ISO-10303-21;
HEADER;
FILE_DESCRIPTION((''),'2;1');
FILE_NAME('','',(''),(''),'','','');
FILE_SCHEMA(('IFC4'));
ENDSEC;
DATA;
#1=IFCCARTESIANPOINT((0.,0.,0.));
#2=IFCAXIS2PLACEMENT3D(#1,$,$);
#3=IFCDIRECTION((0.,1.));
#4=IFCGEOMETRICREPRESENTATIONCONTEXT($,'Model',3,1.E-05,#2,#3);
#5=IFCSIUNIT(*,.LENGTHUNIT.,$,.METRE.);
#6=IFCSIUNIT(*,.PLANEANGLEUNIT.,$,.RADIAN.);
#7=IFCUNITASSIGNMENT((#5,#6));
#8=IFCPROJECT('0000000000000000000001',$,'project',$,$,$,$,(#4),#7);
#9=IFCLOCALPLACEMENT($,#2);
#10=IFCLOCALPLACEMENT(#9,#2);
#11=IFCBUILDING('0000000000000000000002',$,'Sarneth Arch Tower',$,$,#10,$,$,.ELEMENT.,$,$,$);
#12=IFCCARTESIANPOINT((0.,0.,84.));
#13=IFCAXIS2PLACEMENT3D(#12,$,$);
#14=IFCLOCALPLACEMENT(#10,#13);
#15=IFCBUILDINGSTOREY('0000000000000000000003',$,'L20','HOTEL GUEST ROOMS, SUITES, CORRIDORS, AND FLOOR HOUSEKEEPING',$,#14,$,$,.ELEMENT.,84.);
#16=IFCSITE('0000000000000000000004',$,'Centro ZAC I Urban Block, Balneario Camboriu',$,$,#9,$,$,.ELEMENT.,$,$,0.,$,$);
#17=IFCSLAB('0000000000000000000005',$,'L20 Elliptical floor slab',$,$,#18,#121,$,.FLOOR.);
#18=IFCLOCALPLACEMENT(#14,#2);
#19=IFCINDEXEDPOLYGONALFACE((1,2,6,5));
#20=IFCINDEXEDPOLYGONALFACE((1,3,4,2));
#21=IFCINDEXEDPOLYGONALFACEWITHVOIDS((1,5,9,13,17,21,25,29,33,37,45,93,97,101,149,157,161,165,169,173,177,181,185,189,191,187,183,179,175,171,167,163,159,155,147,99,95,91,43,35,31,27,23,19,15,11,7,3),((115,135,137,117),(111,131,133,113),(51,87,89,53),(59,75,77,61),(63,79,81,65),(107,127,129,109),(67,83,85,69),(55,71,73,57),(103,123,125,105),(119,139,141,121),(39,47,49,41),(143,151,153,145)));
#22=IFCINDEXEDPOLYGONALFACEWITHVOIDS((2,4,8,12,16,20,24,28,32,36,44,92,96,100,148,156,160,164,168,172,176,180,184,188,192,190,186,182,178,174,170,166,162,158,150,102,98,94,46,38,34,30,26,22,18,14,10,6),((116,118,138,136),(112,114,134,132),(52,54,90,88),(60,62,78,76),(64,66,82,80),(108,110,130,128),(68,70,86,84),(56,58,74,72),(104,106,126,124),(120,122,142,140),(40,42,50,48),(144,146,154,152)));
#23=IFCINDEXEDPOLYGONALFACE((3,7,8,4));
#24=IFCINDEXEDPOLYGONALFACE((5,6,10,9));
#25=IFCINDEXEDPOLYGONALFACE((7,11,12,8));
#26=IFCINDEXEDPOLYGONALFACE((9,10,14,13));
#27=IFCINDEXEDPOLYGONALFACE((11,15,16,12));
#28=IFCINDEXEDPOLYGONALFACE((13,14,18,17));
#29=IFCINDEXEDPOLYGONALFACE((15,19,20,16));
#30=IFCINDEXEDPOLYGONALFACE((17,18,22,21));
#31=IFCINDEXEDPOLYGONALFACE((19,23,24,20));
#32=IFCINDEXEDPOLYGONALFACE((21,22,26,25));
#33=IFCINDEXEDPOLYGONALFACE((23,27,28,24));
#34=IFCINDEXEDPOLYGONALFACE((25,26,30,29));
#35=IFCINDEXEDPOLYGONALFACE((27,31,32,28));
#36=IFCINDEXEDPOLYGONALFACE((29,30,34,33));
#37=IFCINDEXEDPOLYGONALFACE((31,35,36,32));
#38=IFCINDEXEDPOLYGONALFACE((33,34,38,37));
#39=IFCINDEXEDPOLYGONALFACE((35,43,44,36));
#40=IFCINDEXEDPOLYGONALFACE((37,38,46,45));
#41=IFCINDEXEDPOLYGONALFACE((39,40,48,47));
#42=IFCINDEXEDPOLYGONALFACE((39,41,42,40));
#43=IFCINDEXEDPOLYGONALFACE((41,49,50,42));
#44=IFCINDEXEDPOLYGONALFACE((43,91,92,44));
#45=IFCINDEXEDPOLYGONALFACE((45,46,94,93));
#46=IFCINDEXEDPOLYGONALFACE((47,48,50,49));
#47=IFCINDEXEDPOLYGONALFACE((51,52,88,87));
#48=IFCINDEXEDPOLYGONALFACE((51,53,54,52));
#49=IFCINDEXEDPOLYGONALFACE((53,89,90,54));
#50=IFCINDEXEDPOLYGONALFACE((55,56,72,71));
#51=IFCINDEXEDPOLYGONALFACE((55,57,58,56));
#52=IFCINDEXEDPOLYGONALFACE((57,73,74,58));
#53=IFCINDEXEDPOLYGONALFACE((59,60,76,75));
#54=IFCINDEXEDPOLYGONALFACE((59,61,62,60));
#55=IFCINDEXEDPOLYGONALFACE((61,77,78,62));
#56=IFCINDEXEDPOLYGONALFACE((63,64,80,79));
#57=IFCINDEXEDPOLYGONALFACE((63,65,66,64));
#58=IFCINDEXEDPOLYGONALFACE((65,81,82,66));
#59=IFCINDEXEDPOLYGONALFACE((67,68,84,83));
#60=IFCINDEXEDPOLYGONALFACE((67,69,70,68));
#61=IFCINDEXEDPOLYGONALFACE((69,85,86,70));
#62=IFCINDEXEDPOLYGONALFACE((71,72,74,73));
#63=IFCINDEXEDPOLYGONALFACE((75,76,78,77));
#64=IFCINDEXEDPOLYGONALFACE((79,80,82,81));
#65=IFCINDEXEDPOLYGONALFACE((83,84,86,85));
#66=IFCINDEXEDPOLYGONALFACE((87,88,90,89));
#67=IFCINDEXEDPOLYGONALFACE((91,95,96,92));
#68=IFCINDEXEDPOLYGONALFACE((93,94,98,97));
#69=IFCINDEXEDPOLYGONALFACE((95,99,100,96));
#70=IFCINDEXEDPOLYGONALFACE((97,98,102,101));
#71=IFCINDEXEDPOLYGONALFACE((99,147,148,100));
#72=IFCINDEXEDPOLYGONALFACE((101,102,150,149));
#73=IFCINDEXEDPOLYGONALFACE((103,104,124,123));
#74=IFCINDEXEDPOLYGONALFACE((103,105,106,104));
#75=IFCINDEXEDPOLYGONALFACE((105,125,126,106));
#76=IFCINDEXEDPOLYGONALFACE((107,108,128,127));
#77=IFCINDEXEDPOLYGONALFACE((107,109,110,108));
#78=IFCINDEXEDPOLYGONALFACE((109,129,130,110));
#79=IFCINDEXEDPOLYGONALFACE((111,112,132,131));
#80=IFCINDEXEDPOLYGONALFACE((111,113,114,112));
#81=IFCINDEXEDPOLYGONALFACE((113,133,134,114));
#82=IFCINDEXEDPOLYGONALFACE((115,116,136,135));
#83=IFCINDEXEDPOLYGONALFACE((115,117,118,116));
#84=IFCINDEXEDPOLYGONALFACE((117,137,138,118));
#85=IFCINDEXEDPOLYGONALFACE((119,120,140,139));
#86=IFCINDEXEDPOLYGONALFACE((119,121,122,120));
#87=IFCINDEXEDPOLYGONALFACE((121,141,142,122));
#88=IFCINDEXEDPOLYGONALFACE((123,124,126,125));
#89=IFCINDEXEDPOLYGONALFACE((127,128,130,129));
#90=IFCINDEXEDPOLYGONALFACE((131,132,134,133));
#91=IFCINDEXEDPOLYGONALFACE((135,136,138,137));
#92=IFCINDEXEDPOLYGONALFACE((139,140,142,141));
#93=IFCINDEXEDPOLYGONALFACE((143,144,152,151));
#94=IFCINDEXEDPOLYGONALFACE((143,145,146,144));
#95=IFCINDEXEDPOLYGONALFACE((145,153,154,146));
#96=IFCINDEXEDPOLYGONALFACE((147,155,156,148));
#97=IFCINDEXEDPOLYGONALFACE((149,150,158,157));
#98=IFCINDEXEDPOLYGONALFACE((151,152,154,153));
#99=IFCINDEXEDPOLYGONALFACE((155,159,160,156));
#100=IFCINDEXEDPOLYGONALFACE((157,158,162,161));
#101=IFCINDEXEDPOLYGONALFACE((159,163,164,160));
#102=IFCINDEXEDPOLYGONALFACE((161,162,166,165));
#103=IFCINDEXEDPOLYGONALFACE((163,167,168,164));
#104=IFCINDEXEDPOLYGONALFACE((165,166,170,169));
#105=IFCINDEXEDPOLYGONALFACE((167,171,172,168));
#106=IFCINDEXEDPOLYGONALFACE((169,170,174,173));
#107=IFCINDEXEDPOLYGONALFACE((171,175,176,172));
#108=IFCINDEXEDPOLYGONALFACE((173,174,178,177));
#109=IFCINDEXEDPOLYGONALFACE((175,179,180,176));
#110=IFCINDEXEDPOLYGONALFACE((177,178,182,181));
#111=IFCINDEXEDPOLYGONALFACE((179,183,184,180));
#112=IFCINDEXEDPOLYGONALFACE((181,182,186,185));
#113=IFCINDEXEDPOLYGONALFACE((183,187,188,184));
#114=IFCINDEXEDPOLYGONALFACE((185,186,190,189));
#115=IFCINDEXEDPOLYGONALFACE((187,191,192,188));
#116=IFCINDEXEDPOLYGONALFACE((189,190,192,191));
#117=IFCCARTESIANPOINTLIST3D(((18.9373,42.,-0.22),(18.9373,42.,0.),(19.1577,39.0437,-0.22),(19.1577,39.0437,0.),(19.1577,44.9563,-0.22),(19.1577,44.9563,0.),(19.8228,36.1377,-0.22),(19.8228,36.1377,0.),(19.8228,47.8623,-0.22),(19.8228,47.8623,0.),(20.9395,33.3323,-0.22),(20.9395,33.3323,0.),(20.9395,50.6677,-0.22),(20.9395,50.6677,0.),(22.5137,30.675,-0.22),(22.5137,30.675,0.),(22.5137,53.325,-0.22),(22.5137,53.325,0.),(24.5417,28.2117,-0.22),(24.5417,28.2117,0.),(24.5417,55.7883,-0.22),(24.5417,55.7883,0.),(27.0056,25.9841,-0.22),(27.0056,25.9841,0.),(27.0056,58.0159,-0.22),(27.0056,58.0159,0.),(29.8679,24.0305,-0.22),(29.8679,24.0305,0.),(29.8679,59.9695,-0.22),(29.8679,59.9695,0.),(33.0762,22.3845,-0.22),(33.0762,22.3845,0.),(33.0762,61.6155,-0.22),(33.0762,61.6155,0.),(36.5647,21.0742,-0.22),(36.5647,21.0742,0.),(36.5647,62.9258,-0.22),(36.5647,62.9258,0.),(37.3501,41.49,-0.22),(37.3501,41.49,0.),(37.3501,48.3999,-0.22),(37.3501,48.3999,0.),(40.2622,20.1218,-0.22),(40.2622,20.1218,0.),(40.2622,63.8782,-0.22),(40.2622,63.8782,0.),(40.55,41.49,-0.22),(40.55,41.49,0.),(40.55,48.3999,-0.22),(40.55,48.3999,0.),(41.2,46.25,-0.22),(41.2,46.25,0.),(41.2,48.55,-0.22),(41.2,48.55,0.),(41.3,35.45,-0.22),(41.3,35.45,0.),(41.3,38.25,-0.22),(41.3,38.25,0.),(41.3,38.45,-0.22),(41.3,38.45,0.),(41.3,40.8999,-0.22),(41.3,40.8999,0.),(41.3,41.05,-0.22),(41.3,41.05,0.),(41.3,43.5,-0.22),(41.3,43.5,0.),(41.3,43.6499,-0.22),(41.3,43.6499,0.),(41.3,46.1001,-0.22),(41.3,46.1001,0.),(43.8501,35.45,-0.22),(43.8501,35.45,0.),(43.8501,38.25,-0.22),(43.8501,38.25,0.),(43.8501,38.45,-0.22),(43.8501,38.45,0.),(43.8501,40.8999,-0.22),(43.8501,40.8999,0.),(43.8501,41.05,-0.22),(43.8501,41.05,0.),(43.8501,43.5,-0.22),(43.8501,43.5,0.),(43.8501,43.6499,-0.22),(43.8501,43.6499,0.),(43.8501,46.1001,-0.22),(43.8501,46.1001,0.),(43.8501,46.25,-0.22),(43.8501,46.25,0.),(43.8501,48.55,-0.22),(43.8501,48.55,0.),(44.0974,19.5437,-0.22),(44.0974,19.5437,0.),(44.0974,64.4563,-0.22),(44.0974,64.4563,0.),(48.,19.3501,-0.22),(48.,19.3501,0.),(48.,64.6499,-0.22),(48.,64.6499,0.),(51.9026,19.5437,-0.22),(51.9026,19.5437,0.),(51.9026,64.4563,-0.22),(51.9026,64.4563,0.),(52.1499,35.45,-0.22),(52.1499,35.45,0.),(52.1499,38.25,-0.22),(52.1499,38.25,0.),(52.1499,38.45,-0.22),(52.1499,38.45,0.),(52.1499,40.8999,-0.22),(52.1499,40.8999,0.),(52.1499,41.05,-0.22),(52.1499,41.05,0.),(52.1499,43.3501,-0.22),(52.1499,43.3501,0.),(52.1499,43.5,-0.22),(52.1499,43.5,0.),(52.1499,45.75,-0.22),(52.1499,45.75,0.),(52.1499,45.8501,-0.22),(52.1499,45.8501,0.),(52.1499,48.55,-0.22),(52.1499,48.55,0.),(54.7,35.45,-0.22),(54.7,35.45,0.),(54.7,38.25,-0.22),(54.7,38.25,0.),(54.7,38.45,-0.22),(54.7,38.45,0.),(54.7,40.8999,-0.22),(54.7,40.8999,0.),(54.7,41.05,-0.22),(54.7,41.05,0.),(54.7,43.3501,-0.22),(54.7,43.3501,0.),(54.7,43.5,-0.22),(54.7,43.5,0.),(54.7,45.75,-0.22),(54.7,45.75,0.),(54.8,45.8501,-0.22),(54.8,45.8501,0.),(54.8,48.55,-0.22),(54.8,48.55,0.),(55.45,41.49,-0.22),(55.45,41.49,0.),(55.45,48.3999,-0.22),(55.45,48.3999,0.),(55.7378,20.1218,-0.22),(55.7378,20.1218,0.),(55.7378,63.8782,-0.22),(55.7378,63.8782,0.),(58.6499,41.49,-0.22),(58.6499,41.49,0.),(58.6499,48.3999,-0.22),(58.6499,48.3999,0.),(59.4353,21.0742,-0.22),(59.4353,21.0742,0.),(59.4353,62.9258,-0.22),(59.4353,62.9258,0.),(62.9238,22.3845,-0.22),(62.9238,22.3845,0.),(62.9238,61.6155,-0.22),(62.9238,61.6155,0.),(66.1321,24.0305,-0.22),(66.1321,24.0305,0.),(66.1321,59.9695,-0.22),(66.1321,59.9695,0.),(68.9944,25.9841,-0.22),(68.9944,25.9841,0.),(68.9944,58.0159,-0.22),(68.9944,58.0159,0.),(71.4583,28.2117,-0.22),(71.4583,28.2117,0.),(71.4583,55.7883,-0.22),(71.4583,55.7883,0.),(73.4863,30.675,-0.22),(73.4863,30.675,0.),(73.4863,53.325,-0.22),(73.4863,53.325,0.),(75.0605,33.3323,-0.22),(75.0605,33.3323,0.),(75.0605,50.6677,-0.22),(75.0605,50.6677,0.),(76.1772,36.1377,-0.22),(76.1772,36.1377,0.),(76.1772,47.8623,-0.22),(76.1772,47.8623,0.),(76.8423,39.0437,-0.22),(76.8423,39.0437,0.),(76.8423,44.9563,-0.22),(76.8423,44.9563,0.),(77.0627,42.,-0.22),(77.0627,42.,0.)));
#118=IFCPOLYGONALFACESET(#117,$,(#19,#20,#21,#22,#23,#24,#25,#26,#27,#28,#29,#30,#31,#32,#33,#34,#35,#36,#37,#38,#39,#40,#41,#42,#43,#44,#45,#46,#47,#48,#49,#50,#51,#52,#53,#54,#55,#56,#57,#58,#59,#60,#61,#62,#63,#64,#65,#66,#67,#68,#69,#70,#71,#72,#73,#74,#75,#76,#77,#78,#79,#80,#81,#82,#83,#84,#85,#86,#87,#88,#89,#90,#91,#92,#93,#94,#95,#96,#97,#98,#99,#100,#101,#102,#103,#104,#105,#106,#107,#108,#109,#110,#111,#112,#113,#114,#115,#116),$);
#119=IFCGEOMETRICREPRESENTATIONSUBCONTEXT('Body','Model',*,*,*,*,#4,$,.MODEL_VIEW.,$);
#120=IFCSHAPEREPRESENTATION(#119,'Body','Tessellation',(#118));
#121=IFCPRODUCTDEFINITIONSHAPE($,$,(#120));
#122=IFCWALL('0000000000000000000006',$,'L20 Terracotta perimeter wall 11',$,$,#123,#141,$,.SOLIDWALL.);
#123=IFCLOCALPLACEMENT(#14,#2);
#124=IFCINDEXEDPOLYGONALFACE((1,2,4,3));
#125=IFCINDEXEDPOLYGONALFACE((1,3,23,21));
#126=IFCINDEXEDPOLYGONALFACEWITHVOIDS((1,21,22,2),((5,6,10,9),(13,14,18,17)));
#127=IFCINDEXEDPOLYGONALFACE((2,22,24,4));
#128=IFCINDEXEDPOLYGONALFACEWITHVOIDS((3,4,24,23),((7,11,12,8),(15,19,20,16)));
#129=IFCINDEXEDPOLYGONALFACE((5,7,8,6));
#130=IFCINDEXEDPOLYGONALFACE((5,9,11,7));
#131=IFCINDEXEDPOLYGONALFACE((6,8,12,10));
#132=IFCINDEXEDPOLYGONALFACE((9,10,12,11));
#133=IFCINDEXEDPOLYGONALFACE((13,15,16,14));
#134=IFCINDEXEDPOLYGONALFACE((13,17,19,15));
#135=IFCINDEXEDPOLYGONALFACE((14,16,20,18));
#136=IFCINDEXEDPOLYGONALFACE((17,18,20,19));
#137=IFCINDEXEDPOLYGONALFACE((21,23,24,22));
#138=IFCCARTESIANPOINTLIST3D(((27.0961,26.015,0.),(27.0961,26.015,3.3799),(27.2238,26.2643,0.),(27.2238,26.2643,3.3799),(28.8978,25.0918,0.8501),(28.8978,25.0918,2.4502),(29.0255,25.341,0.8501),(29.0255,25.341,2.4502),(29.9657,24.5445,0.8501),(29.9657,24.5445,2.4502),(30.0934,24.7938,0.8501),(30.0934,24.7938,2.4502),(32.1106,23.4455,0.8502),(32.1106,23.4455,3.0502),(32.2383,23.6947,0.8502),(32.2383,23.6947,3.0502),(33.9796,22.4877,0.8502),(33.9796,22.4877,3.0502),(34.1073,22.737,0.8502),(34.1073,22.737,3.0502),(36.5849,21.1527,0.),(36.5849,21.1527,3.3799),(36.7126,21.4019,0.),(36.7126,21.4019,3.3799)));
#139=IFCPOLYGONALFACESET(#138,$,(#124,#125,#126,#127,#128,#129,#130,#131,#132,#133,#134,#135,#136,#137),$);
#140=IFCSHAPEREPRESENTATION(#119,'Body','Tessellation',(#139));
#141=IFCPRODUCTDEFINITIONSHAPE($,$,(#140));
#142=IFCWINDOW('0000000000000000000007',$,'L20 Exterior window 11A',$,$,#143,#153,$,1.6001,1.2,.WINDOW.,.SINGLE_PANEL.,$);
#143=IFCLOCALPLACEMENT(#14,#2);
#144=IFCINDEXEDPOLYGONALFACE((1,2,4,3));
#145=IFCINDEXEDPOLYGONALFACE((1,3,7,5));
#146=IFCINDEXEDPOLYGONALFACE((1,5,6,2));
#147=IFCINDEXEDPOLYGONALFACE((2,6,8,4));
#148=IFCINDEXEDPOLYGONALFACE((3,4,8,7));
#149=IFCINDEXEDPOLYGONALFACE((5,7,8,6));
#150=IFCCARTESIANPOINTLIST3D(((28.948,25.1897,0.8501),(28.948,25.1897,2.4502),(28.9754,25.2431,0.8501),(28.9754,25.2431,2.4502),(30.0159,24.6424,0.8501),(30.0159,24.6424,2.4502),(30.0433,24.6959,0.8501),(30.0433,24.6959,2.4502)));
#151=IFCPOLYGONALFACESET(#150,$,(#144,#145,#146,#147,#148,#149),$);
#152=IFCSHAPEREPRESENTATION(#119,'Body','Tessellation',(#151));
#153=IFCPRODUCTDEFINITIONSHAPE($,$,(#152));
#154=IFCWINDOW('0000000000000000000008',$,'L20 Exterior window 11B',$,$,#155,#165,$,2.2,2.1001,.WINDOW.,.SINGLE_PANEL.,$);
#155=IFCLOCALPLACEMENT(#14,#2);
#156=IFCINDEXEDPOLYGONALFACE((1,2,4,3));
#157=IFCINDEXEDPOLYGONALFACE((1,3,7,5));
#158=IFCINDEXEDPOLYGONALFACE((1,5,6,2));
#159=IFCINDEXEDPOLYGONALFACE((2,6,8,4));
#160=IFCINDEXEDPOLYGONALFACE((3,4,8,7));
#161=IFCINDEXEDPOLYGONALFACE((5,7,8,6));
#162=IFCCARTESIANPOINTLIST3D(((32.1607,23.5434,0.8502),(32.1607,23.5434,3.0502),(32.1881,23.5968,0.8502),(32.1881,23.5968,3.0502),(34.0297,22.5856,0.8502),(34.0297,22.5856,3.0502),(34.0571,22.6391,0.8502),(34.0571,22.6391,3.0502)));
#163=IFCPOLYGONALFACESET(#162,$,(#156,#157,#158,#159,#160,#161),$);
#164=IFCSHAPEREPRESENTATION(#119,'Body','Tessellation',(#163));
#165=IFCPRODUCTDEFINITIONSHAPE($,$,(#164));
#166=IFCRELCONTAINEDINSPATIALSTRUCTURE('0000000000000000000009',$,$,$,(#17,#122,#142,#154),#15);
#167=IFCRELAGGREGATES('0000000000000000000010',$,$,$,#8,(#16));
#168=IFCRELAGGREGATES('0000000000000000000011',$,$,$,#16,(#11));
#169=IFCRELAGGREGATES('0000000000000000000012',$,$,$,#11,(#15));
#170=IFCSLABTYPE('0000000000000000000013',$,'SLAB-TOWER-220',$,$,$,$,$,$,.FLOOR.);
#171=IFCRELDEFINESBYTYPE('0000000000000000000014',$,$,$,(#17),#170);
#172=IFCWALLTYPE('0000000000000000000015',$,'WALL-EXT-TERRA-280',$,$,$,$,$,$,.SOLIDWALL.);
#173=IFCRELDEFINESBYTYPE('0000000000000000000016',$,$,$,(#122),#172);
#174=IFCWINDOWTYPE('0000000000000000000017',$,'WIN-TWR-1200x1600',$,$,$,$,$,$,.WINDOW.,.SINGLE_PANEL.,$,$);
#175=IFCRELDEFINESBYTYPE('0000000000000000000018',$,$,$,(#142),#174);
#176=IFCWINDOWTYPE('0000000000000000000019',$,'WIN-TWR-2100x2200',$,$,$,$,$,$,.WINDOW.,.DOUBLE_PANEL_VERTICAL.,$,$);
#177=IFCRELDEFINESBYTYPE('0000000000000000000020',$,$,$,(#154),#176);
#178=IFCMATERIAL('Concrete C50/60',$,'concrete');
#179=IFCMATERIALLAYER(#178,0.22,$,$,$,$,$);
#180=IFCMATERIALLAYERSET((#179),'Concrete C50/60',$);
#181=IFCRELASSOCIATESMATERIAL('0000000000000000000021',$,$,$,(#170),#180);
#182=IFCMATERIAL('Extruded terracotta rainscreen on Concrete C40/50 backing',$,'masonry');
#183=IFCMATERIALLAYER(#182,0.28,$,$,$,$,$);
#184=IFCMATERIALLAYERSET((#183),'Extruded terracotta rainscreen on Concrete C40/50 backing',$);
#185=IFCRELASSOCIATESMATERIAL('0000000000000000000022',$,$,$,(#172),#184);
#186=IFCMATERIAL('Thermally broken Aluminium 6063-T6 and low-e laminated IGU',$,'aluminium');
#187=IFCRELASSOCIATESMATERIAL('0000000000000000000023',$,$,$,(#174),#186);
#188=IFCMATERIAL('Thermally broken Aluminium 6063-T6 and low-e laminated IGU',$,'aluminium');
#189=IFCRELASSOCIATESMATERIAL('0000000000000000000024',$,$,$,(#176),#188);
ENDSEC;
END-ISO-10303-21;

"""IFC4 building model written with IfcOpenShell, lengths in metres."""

from ifc_helpers import new_model, si_unit, direction, frame, frame_2d, origin, place, context, subcontext, project, spatial, polyline, rectangle, outline, extrude, material, layer, layer_set, type_object, element, fill, save


model = new_model("IFC4")

# Units and contexts
model_context = context("Model", 3, precision=1e-05, world=origin(), true_north=direction((0.0, 1.0)))
body_context = subcontext(model_context, "Body", "Model", "MODEL_VIEW")
ifc_project = project(units=[si_unit("LENGTHUNIT", "METRE"), si_unit("PLANEANGLEUNIT", "RADIAN")], contexts=[model_context])

# Site, building, storey
site_placement = place(None, origin())
site = spatial("IfcSite", under=ifc_project, at=site_placement, Name="Centro ZAC I Urban Block, Balneario Camboriu", CompositionType="ELEMENT", RefElevation=0.0)
building_placement = place(site_placement, origin())
building = spatial("IfcBuilding", under=site, at=building_placement, Name="Sarneth Arch Tower", CompositionType="ELEMENT")
storey_placement = place(building_placement, frame((0.0, 0.0, 84.0)))
storey = spatial("IfcBuildingStorey", under=building, at=storey_placement, Name="L20", Description="HOTEL GUEST ROOMS, SUITES, CORRIDORS, AND FLOOR HOUSEKEEPING", CompositionType="ELEMENT", Elevation=84.0)

# Slab
ifc_material_1 = material(Name="Concrete C50/60", Category="concrete")
ifc_layer_1 = layer(ifc_material_1, 0.22)
ifc_layer_set_1 = layer_set([ifc_layer_1], Name="Concrete C50/60")
slab_type_1 = type_object("IfcSlabType", Name="SLAB-TOWER-220", PredefinedType="FLOOR", material=ifc_layer_set_1)
slab_1_placement = place(storey_placement, frame((0.0, 0.0, -0.22)))
element("IfcSlab", 1, at=slab_1_placement, inside=storey, type_object=slab_type_1, Name="L20 Elliptical floor slab", PredefinedType="FLOOR", context=body_context, shape_type="SweptSolid", body=[
    extrude(outline(polyline([(77.0627, 42.0), (76.8423, 44.9563), (76.1772, 47.8623), (75.0605, 50.6677), (73.4863, 53.325), (71.4583, 55.7883), (68.9944, 58.0159), (66.1321, 59.9695), (62.9238, 61.6155), (59.4353, 62.9258), (55.7378, 63.8782), (51.9026, 64.4563), (48.0, 64.6499), (44.0974, 64.4563), (40.2622, 63.8782), (36.5647, 62.9258), (33.0762, 61.6155), (29.8679, 59.9695), (27.0056, 58.0159), (24.5417, 55.7883), (22.5137, 53.325), (20.9395, 50.6677), (19.8228, 47.8623), (19.1577, 44.9563), (18.9373, 42.0), (19.1577, 39.0437), (19.8228, 36.1377), (20.9395, 33.3323), (22.5137, 30.675), (24.5417, 28.2117), (27.0056, 25.9841), (29.8679, 24.0305), (33.0762, 22.3845), (36.5647, 21.0742), (40.2622, 20.1218), (44.0974, 19.5437), (48.0, 19.3501), (51.9026, 19.5437), (55.7378, 20.1218), (59.4353, 21.0742), (62.9238, 22.3845), (66.1321, 24.0305), (68.9944, 25.9841), (71.4583, 28.2117), (73.4863, 30.675), (75.0605, 33.3323), (76.1772, 36.1377), (76.8423, 39.0437), (77.0627, 42.0)]), holes=[polyline([(37.3501, 41.49), (40.55, 41.49), (40.55, 48.3999), (37.3501, 48.3999), (37.3501, 41.49)]), polyline([(55.45, 41.49), (58.6499, 41.49), (58.6499, 48.3999), (55.45, 48.3999), (55.45, 41.49)]), polyline([(41.2, 46.25), (43.8501, 46.25), (43.8501, 48.55), (41.2, 48.55), (41.2, 46.25)]), polyline([(41.3, 35.45), (43.8501, 35.45), (43.8501, 38.25), (41.3, 38.25), (41.3, 35.45)]), polyline([(52.1499, 35.45), (54.7, 35.45), (54.7, 38.25), (52.1499, 38.25), (52.1499, 35.45)]), polyline([(52.1499, 45.8501), (54.8, 45.8501), (54.8, 48.55), (52.1499, 48.55), (52.1499, 45.8501)]), polyline([(41.3, 38.45), (43.8501, 38.45), (43.8501, 40.8999), (41.3, 40.8999), (41.3, 38.45)]), polyline([(41.3, 41.05), (43.8501, 41.05), (43.8501, 43.5), (41.3, 43.5), (41.3, 41.05)]), polyline([(41.3, 43.6499), (43.8501, 43.6499), (43.8501, 46.1001), (41.3, 46.1001), (41.3, 43.6499)]), polyline([(52.1499, 38.45), (54.7, 38.45), (54.7, 40.8999), (52.1499, 40.8999), (52.1499, 38.45)]), polyline([(52.1499, 41.05), (54.7, 41.05), (54.7, 43.3501), (52.1499, 43.3501), (52.1499, 41.05)]), polyline([(52.1499, 43.5), (54.7, 43.5), (54.7, 45.75), (52.1499, 45.75), (52.1499, 43.5)])]), origin(), (0.0, 0.0, 1.0), 0.22),
])

# Wall, openings, windows
ifc_material_2 = material(Name="Extruded terracotta rainscreen on Concrete C40/50 backing", Category="masonry")
ifc_layer_2 = layer(ifc_material_2, 0.28)
ifc_layer_set_2 = layer_set([ifc_layer_2], Name="Extruded terracotta rainscreen on Concrete C40/50 backing")
wall_type_1 = type_object("IfcWallType", Name="WALL-EXT-TERRA-280", PredefinedType="SOLIDWALL", material=ifc_layer_set_2)
wall_1_placement = place(storey_placement, frame((27.1599, 26.1396, 0.0), z_axis=(0.0, 0.0, 1.0), x_axis=(0.88996, -0.45604, 0.0)))
wall_1 = element("IfcWall", 2, at=wall_1_placement, inside=storey, type_object=wall_type_1, Name="L20 Terracotta perimeter wall 11", PredefinedType="SOLIDWALL", context=body_context, shape_type="SweptSolid", body=[
    extrude(rectangle(XDim=10.6621, YDim=0.28, at=frame_2d((5.3311, 0.0))), origin(), (0.0, 0.0, 1.0), 3.3799),
])
opening_1_placement = place(wall_1_placement, frame((2.0244, 0.0, 0.8501)))
opening_1 = element("IfcOpeningElement", 3, at=opening_1_placement, cuts=wall_1, PredefinedType="OPENING", context=body_context, shape_type="SweptSolid", body=[
    extrude(rectangle(XDim=1.2, YDim=1.6001, at=frame_2d((0.6001, 0.8))), frame((0.0, 0.1499, 0.0), z_axis=(0.0, -1.0, 0.0), x_axis=(1.0, 0.0, 0.0)), (0.0, 0.0, 1.0), 0.3),
])
opening_2_placement = place(wall_1_placement, frame((5.6345, 0.0, 0.8501)))
opening_2 = element("IfcOpeningElement", 4, at=opening_2_placement, cuts=wall_1, PredefinedType="OPENING", context=body_context, shape_type="SweptSolid", body=[
    extrude(rectangle(XDim=2.1001, YDim=2.2, at=frame_2d((1.05, 1.1001))), frame((0.0, 0.1499, 0.0), z_axis=(0.0, -1.0, 0.0), x_axis=(1.0, 0.0, 0.0)), (0.0, 0.0, 1.0), 0.3),
])
ifc_material_3 = material(Name="Thermally broken Aluminium 6063-T6 and low-e laminated IGU", Category="aluminium")
window_type_1 = type_object("IfcWindowType", Name="WIN-TWR-1200x1600", PartitioningType="SINGLE_PANEL", PredefinedType="WINDOW", material=ifc_material_3)
window_1_placement = place(opening_1_placement, origin())
window_1 = element("IfcWindow", 5, at=window_1_placement, inside=storey, type_object=window_type_1, Name="L20 Exterior window 11A", OverallHeight=1.6001, OverallWidth=1.2, PartitioningType="SINGLE_PANEL", PredefinedType="WINDOW", context=body_context, shape_type="SweptSolid", body=[
    extrude(rectangle(XDim=1.2, YDim=1.6001, at=frame_2d((0.6001, 0.8))), frame((0.0, 0.03, 0.0), z_axis=(0.0, -1.0, 0.0), x_axis=(1.0, 0.0, 0.0)), (0.0, 0.0, 1.0), 0.0601),
])
fill(opening_1, window_1)
ifc_material_4 = material(Name="Thermally broken Aluminium 6063-T6 and low-e laminated IGU", Category="aluminium")
window_type_2 = type_object("IfcWindowType", Name="WIN-TWR-2100x2200", PartitioningType="DOUBLE_PANEL_VERTICAL", PredefinedType="WINDOW", material=ifc_material_4)
window_2_placement = place(opening_2_placement, origin())
window_2 = element("IfcWindow", 6, at=window_2_placement, inside=storey, type_object=window_type_2, Name="L20 Exterior window 11B", OverallHeight=2.2, OverallWidth=2.1001, PartitioningType="SINGLE_PANEL", PredefinedType="WINDOW", context=body_context, shape_type="SweptSolid", body=[
    extrude(rectangle(XDim=2.1001, YDim=2.2, at=frame_2d((1.05, 1.1001))), frame((0.0, 0.03, 0.0), z_axis=(0.0, -1.0, 0.0), x_axis=(1.0, 0.0, 0.0)), (0.0, 0.0, 1.0), 0.0601),
])
fill(opening_2, window_2)

save(model, "model.ifc")
